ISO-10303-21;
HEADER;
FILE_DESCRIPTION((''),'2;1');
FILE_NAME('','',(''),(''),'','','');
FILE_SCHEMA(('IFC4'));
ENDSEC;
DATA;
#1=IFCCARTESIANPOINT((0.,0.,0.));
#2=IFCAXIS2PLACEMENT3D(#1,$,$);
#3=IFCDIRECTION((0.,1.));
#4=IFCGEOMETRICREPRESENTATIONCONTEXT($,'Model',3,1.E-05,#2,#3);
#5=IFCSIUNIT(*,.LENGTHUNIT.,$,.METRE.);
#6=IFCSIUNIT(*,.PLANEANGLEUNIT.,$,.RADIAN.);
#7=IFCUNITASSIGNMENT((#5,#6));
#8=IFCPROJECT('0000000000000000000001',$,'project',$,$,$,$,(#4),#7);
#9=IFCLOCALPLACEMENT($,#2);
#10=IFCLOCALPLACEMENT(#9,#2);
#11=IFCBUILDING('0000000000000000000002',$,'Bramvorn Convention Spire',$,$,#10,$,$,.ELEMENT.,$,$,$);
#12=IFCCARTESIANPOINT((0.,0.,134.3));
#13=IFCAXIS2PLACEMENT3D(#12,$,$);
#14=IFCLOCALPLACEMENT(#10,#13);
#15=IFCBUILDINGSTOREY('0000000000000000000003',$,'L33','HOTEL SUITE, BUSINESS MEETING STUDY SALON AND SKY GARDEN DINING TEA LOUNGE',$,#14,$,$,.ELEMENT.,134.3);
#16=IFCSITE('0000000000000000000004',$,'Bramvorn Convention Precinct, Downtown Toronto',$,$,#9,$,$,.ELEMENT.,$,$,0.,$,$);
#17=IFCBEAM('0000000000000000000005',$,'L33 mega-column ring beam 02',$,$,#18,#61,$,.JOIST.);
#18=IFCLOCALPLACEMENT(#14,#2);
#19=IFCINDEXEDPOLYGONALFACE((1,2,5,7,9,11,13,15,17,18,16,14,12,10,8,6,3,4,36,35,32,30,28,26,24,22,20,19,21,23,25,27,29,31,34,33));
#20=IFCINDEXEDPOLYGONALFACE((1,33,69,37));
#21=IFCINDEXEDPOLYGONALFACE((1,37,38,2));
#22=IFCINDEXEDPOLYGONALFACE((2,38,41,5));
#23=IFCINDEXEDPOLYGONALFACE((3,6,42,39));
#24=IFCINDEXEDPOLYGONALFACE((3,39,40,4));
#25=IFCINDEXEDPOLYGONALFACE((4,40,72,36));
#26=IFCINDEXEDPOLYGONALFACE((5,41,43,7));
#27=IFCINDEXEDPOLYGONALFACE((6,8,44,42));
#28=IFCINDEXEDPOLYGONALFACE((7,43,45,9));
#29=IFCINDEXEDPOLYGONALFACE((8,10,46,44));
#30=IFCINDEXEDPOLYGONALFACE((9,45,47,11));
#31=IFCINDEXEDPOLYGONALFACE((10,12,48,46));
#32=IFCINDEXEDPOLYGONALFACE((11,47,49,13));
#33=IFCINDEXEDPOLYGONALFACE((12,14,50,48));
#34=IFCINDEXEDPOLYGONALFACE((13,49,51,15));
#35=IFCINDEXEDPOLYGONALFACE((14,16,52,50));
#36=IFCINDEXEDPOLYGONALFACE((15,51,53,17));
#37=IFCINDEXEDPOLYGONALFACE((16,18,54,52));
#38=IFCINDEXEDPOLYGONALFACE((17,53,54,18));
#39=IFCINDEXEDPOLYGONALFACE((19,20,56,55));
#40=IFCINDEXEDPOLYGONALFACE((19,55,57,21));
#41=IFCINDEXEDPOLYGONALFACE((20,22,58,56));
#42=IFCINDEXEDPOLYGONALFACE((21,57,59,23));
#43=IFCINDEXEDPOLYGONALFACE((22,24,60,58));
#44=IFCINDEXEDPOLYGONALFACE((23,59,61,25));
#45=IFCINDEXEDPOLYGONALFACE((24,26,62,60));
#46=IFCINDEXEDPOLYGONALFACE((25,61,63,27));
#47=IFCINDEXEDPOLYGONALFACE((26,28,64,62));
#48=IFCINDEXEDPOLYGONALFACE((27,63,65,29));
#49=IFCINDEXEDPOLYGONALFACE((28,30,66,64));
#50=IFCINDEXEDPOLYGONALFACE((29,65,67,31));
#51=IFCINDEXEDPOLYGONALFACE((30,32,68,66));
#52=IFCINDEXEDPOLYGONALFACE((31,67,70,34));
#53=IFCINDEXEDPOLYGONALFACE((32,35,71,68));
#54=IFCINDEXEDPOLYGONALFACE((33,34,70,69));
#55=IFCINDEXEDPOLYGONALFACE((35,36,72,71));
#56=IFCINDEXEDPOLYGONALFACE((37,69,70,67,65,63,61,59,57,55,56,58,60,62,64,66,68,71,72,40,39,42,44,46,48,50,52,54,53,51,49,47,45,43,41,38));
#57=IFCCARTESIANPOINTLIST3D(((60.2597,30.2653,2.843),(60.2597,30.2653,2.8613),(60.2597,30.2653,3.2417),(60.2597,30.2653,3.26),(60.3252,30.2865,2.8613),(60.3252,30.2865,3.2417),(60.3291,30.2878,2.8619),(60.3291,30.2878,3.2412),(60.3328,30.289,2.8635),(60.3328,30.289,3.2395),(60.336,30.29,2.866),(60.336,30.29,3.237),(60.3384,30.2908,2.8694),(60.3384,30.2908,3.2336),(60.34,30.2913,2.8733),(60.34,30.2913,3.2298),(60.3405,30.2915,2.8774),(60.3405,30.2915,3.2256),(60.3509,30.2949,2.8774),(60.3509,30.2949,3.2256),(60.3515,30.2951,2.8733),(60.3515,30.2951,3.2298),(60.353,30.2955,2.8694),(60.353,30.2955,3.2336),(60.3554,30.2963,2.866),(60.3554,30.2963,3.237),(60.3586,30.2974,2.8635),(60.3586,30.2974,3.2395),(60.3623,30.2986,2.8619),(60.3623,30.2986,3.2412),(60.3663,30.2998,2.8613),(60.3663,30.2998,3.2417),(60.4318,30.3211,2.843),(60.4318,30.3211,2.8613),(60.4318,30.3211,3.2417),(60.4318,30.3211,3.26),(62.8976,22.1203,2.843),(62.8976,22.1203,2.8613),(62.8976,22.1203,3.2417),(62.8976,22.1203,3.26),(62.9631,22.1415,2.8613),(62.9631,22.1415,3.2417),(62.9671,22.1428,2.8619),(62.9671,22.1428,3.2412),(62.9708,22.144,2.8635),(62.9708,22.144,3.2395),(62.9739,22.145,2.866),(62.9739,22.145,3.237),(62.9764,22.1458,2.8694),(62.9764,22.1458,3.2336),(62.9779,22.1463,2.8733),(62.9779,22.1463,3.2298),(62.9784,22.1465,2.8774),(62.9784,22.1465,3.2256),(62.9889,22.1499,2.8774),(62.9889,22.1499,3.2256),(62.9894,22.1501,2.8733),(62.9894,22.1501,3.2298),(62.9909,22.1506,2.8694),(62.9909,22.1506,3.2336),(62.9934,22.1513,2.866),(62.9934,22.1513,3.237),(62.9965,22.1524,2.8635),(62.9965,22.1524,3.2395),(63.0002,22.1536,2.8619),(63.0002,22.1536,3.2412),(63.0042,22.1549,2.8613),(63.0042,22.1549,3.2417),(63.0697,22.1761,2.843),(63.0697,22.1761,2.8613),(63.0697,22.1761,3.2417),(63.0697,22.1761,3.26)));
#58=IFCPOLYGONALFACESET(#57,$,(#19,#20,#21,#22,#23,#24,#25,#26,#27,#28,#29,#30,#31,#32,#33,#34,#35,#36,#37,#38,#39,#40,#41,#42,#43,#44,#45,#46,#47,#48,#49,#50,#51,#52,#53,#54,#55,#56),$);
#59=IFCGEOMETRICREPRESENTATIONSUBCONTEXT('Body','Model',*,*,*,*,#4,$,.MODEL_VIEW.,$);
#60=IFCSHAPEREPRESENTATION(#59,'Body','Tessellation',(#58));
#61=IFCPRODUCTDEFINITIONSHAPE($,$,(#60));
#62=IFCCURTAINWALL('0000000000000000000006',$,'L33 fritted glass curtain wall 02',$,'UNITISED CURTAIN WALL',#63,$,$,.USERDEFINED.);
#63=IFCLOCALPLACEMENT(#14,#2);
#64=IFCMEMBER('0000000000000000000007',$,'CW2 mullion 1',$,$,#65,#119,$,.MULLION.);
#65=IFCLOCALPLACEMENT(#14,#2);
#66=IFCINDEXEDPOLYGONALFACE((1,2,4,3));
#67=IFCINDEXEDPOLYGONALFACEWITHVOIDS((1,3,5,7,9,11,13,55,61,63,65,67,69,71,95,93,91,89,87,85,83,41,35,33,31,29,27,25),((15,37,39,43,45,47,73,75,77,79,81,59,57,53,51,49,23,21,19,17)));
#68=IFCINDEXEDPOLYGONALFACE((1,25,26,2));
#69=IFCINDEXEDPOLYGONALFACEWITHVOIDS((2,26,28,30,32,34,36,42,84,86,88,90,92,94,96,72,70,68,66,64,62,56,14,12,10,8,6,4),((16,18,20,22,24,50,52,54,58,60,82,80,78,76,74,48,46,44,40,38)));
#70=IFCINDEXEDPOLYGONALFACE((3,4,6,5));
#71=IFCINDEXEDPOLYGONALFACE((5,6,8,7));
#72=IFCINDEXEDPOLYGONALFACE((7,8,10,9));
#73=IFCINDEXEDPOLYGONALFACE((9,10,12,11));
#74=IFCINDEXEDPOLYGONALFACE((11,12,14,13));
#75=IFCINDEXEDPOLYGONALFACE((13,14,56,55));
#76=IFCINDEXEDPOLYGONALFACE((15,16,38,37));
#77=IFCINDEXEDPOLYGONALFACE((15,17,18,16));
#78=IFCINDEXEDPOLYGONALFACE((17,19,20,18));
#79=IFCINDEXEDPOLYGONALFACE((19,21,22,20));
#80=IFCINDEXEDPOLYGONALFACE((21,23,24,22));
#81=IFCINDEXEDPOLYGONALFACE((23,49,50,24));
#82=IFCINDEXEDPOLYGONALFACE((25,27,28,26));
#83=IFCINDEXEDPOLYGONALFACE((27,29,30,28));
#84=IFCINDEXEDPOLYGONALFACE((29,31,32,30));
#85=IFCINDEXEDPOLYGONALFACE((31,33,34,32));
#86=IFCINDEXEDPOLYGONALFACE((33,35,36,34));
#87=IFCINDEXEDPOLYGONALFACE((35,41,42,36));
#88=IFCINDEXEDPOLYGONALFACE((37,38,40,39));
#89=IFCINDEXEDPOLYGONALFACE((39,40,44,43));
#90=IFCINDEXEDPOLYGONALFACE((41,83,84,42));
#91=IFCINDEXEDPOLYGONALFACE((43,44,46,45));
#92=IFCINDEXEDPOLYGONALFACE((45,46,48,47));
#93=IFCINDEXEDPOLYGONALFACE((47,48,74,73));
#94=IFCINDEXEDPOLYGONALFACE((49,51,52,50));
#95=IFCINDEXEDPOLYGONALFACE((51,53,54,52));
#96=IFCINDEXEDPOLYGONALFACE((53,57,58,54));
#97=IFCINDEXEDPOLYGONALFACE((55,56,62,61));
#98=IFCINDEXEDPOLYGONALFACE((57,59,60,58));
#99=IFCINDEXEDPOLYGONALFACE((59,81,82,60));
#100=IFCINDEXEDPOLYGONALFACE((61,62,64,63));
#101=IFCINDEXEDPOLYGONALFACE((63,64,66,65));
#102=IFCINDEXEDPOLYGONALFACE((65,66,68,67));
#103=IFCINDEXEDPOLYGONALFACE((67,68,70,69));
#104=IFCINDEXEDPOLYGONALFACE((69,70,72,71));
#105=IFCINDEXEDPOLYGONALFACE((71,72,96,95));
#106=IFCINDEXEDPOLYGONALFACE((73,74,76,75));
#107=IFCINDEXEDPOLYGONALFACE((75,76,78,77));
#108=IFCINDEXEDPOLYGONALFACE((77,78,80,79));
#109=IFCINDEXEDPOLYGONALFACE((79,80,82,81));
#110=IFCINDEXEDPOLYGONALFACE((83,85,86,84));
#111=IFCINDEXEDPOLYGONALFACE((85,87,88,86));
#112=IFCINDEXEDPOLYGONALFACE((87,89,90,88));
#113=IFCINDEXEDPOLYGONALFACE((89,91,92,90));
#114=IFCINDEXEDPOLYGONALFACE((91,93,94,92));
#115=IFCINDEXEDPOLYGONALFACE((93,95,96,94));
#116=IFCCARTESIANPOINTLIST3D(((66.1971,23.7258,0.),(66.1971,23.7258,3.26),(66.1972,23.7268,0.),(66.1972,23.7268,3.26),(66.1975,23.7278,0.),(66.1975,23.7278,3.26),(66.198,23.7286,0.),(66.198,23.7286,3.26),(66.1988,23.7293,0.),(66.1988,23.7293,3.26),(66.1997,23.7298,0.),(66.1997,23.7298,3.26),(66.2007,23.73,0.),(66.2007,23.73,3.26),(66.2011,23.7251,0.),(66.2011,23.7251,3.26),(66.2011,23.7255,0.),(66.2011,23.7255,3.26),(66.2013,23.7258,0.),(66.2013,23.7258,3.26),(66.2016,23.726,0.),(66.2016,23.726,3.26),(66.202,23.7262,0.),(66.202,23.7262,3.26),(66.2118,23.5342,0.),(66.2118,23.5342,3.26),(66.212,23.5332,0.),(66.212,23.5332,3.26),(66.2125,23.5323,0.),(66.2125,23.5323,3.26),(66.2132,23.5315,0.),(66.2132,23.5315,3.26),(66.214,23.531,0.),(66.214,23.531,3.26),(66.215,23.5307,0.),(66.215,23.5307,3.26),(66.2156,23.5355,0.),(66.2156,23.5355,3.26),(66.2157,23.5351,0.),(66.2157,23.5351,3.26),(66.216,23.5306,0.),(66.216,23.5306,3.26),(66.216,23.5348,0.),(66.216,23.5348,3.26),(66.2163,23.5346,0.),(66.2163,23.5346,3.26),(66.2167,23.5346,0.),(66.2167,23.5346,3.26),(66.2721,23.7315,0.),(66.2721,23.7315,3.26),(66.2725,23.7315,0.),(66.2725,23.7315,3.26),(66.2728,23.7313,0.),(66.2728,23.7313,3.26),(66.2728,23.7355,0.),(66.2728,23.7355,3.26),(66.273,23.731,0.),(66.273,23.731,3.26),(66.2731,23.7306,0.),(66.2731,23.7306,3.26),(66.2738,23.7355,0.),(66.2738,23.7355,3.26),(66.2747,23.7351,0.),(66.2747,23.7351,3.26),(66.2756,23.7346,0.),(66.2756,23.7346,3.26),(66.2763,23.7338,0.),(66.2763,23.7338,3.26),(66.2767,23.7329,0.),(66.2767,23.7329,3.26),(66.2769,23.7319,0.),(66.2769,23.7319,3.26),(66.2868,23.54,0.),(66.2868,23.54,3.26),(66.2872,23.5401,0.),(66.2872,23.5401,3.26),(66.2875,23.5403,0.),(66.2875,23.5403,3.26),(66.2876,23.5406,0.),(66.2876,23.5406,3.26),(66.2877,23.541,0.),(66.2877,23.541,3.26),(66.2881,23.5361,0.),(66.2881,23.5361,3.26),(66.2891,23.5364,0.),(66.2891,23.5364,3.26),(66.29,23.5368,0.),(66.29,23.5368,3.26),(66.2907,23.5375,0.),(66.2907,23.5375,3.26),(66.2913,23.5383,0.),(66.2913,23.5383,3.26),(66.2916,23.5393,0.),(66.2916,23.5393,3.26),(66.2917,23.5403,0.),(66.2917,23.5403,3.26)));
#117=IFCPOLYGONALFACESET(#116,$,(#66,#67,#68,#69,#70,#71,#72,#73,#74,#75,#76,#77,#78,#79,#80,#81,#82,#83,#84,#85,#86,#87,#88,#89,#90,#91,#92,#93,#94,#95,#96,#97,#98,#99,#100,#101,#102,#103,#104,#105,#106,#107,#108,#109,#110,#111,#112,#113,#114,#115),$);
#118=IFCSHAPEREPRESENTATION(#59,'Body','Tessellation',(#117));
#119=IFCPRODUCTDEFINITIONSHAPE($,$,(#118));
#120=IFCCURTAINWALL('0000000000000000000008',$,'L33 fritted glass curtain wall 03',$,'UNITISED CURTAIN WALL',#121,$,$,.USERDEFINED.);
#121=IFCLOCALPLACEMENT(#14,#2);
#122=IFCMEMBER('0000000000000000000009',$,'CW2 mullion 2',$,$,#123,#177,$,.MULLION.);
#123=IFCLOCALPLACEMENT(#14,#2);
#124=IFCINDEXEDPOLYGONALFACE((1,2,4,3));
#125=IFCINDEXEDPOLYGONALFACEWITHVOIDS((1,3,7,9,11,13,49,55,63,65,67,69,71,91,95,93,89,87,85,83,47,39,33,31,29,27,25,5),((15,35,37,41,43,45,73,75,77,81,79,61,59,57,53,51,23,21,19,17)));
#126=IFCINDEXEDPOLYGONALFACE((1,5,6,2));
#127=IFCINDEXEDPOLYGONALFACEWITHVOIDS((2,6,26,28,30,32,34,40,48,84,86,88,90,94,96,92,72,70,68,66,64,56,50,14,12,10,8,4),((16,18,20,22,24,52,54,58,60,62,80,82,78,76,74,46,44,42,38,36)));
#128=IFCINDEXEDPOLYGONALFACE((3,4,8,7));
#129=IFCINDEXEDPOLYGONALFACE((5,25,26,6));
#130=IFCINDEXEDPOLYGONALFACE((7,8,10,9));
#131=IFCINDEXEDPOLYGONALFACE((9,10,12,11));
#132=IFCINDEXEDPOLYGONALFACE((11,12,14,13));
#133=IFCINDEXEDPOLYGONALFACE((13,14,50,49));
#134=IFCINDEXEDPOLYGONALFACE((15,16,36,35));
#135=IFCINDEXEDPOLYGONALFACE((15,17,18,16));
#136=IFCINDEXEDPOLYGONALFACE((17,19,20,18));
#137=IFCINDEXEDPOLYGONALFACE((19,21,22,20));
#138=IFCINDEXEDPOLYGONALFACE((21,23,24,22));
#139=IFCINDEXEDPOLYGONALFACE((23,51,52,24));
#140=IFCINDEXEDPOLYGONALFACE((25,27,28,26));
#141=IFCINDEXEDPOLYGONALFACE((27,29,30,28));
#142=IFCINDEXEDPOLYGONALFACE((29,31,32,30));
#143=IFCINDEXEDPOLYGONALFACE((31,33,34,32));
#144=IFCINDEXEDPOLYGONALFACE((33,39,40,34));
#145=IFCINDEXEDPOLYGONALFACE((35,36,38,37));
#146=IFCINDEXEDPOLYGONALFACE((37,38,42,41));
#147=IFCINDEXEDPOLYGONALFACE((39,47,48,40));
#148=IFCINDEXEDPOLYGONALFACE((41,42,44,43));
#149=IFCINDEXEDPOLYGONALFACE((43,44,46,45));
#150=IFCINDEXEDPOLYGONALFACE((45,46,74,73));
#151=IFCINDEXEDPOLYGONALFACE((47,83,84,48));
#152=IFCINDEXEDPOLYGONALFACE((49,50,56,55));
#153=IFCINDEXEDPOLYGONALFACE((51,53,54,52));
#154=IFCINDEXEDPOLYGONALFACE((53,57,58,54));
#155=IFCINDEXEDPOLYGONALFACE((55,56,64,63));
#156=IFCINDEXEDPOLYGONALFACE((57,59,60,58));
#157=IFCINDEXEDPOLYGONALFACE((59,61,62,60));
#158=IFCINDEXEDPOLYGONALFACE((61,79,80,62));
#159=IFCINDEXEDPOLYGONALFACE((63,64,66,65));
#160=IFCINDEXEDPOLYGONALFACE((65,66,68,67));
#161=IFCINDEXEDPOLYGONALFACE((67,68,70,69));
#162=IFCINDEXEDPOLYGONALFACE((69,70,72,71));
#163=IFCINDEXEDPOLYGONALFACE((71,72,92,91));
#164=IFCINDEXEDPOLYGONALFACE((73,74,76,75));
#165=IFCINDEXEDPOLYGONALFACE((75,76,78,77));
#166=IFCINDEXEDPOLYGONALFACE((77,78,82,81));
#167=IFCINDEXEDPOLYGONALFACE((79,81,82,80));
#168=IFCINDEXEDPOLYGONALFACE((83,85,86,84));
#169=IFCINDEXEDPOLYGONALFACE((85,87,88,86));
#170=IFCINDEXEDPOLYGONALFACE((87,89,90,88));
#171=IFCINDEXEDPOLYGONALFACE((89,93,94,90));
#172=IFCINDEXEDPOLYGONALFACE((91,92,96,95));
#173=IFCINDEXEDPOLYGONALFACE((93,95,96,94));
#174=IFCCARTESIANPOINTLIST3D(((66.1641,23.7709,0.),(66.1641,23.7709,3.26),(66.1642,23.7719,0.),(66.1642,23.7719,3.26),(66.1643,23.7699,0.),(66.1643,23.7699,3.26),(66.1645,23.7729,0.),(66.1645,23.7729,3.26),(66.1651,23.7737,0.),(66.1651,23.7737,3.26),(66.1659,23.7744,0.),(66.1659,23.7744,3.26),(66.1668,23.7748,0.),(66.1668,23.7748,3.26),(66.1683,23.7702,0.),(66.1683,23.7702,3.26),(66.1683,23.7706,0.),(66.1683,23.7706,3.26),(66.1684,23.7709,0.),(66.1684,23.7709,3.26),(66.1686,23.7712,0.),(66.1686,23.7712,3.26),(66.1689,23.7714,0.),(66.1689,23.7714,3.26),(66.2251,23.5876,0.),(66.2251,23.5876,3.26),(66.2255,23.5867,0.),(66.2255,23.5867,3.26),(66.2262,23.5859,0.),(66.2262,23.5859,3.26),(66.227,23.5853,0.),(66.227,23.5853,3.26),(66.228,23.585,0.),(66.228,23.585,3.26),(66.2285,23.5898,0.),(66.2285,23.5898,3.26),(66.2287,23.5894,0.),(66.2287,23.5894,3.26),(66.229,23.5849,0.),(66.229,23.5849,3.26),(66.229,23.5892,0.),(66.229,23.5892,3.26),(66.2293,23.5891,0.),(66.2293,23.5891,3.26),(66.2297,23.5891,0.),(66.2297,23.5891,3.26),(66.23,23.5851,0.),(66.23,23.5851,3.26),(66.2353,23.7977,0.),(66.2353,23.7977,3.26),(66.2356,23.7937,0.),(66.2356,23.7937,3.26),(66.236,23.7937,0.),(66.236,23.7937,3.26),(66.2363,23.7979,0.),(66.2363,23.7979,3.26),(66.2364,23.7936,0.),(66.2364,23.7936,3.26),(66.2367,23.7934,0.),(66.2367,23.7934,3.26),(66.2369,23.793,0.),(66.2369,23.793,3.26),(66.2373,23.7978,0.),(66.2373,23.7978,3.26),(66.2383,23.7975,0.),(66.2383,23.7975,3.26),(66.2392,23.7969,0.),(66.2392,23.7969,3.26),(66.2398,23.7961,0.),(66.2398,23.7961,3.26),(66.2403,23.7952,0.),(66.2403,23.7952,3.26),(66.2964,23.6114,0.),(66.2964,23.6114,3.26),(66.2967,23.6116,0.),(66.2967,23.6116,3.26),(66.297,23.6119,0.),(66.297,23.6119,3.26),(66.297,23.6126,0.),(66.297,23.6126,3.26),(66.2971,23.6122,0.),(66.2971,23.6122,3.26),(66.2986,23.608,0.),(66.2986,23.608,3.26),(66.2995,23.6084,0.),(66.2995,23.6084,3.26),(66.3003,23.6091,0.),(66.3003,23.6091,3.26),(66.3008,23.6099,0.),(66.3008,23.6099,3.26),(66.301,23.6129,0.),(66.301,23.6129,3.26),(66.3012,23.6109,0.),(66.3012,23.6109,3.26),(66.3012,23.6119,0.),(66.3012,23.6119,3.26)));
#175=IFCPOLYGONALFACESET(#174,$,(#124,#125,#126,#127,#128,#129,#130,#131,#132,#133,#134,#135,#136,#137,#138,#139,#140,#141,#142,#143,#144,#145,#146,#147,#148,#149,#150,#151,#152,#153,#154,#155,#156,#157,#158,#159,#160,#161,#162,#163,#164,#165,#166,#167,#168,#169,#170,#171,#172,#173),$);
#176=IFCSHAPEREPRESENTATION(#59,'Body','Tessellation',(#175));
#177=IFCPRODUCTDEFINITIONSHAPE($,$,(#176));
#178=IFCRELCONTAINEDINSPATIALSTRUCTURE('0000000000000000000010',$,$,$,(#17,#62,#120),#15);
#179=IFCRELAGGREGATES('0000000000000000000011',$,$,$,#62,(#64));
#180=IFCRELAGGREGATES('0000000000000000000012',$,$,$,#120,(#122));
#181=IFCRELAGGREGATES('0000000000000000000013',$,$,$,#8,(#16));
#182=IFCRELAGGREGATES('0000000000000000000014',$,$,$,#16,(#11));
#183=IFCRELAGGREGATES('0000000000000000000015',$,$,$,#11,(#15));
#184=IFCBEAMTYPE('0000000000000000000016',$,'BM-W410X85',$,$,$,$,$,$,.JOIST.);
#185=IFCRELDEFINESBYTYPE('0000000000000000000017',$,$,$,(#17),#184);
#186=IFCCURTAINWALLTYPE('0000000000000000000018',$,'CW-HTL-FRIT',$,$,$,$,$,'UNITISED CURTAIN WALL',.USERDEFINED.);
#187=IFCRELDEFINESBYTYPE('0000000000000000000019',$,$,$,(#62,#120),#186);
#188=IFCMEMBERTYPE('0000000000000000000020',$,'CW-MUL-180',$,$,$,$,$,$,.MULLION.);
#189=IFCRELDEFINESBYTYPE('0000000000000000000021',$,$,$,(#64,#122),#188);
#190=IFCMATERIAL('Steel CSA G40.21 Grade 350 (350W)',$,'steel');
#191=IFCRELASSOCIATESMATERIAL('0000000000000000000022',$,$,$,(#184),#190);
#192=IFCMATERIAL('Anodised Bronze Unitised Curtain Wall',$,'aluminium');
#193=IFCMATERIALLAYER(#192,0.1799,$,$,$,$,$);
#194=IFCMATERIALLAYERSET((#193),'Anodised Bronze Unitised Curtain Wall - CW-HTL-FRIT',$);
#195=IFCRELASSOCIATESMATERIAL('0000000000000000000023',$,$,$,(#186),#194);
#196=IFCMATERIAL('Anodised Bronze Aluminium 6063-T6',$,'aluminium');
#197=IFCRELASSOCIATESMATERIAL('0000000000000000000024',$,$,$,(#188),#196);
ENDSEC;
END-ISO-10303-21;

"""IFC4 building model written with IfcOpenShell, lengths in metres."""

from ifc_helpers import new_model, si_unit, direction, frame, origin, origin_2d, place, context, subcontext, project, spatial, hollow_rectangle, i_section, extrude, material, layer, layer_set, material_profile, profile_set, type_object, element, aggregate, save


model = new_model("IFC4")

# Units and contexts
model_context = context("Model", 3, precision=1e-05, world=origin(), true_north=direction((0.0, 1.0)))
body_context = subcontext(model_context, "Body", "Model", "MODEL_VIEW")
ifc_project = project(units=[si_unit("LENGTHUNIT", "METRE"), si_unit("PLANEANGLEUNIT", "RADIAN")], contexts=[model_context])

# Site, building, storey
site_placement = place(None, origin())
site = spatial("IfcSite", under=ifc_project, at=site_placement, Name="Bramvorn Convention Precinct, Downtown Toronto", CompositionType="ELEMENT", RefElevation=0.0)
building_placement = place(site_placement, origin())
building = spatial("IfcBuilding", under=site, at=building_placement, Name="Bramvorn Convention Spire", CompositionType="ELEMENT")
storey_placement = place(building_placement, frame((0.0, 0.0, 134.3)))
storey = spatial("IfcBuildingStorey", under=building, at=storey_placement, Name="L33", Description="HOTEL SUITE, BUSINESS MEETING STUDY SALON AND SKY GARDEN DINING TEA LOUNGE", CompositionType="ELEMENT", Elevation=134.3)

# Beam
ifc_material_1 = material(Name="Steel CSA G40.21 Grade 350 (350W)", Category="steel")
ifc_material_profile_1 = material_profile(ifc_material_1, i_section(OverallWidth=0.1809, OverallDepth=0.417, WebThickness=0.011, FlangeThickness=0.0183, FilletRadius=0.0161, at=origin_2d()))
ifc_profile_set_1 = profile_set([ifc_material_profile_1], Name="Steel CSA G40.21 Grade 350 (350W) - W410X85")
beam_type = type_object("IfcBeamType", Name="BM-W410X85", PredefinedType="JOIST", material=ifc_profile_set_1)
beam_placement = place(storey_placement, frame((62.9836, 22.1482, 3.0515), z_axis=(-0.308115, 0.951349, 0.0), x_axis=(-0.951349, -0.308115, 0.0)))
element("IfcBeam", 1, at=beam_placement, inside=storey, type_object=beam_type, Name="L33 mega-column ring beam 02", PredefinedType="JOIST", context=body_context, shape_type="SweptSolid", body=[
    extrude(i_section(OverallWidth=0.1809, OverallDepth=0.417, WebThickness=0.011, FlangeThickness=0.0183, FilletRadius=0.0161, at=origin_2d()), origin(), (0.0, 0.0, 1.0), 8.5615),
])

# Curtain walls, members
ifc_material_2 = material(Name="Anodised Bronze Unitised Curtain Wall", Category="aluminium")
ifc_layer_1 = layer(ifc_material_2, 0.1799)
ifc_layer_set_1 = layer_set([ifc_layer_1], Name="Anodised Bronze Unitised Curtain Wall - CW-HTL-FRIT")
curtain_wall_type = type_object("IfcCurtainWallType", Name="CW-HTL-FRIT", ElementType="UNITISED CURTAIN WALL", PredefinedType="USERDEFINED", material=ifc_layer_set_1)
curtain_wall_1_placement = place(storey_placement, origin())
curtain_wall_1 = element("IfcCurtainWall", 2, at=curtain_wall_1_placement, inside=storey, type_object=curtain_wall_type, Name="L33 fritted glass curtain wall 02", ObjectType="UNITISED CURTAIN WALL", PredefinedType="USERDEFINED")
ifc_material_3 = material(Name="Anodised Bronze Aluminium 6063-T6", Category="aluminium")
ifc_material_profile_2 = material_profile(ifc_material_3, hollow_rectangle(XDim=0.0801, YDim=0.2, WallThickness=0.0039, InnerFilletRadius=0.001, OuterFilletRadius=0.0039, at=origin_2d()))
ifc_profile_set_2 = profile_set([ifc_material_profile_2], Name="Anodised Bronze Aluminium 6063-T6 - CWM80X200")
member_type_1 = type_object("IfcMemberType", Name="CW-MUL-180", PredefinedType="MULLION", material=ifc_profile_set_2)
member_1_placement = place(storey_placement, frame((66.2444, 23.6331, 0.0), z_axis=(0.0, 0.0, 1.0), x_axis=(0.997064, 0.076578, 0.0)))
member_1 = element("IfcMember", 3, at=member_1_placement, type_object=member_type_1, Name="CW2 mullion 1", PredefinedType="MULLION", context=body_context, shape_type="SweptSolid", body=[
    extrude(hollow_rectangle(XDim=0.0801, YDim=0.2, WallThickness=0.0039, InnerFilletRadius=0.001, OuterFilletRadius=0.0039, at=origin_2d()), origin(), (0.0, 0.0, 1.0), 3.26),
])
curtain_wall_2_placement = place(storey_placement, origin())
curtain_wall_2 = element("IfcCurtainWall", 4, at=curtain_wall_2_placement, inside=storey, type_object=curtain_wall_type, Name="L33 fritted glass curtain wall 03", ObjectType="UNITISED CURTAIN WALL", PredefinedType="USERDEFINED")
member_2_placement = place(storey_placement, frame((66.2327, 23.6914, 0.0), z_axis=(0.0, 0.0, 1.0), x_axis=(0.948667, 0.316277, 0.0)))
member_2 = element("IfcMember", 5, at=member_2_placement, type_object=member_type_1, Name="CW2 mullion 2", PredefinedType="MULLION", context=body_context, shape_type="SweptSolid", body=[
    extrude(hollow_rectangle(XDim=0.0801, YDim=0.2, WallThickness=0.0039, InnerFilletRadius=0.001, OuterFilletRadius=0.0039, at=origin_2d()), origin(), (0.0, 0.0, 1.0), 3.26),
])

aggregate(curtain_wall_1, [member_1])

aggregate(curtain_wall_2, [member_2])

save(model, "model.ifc")
